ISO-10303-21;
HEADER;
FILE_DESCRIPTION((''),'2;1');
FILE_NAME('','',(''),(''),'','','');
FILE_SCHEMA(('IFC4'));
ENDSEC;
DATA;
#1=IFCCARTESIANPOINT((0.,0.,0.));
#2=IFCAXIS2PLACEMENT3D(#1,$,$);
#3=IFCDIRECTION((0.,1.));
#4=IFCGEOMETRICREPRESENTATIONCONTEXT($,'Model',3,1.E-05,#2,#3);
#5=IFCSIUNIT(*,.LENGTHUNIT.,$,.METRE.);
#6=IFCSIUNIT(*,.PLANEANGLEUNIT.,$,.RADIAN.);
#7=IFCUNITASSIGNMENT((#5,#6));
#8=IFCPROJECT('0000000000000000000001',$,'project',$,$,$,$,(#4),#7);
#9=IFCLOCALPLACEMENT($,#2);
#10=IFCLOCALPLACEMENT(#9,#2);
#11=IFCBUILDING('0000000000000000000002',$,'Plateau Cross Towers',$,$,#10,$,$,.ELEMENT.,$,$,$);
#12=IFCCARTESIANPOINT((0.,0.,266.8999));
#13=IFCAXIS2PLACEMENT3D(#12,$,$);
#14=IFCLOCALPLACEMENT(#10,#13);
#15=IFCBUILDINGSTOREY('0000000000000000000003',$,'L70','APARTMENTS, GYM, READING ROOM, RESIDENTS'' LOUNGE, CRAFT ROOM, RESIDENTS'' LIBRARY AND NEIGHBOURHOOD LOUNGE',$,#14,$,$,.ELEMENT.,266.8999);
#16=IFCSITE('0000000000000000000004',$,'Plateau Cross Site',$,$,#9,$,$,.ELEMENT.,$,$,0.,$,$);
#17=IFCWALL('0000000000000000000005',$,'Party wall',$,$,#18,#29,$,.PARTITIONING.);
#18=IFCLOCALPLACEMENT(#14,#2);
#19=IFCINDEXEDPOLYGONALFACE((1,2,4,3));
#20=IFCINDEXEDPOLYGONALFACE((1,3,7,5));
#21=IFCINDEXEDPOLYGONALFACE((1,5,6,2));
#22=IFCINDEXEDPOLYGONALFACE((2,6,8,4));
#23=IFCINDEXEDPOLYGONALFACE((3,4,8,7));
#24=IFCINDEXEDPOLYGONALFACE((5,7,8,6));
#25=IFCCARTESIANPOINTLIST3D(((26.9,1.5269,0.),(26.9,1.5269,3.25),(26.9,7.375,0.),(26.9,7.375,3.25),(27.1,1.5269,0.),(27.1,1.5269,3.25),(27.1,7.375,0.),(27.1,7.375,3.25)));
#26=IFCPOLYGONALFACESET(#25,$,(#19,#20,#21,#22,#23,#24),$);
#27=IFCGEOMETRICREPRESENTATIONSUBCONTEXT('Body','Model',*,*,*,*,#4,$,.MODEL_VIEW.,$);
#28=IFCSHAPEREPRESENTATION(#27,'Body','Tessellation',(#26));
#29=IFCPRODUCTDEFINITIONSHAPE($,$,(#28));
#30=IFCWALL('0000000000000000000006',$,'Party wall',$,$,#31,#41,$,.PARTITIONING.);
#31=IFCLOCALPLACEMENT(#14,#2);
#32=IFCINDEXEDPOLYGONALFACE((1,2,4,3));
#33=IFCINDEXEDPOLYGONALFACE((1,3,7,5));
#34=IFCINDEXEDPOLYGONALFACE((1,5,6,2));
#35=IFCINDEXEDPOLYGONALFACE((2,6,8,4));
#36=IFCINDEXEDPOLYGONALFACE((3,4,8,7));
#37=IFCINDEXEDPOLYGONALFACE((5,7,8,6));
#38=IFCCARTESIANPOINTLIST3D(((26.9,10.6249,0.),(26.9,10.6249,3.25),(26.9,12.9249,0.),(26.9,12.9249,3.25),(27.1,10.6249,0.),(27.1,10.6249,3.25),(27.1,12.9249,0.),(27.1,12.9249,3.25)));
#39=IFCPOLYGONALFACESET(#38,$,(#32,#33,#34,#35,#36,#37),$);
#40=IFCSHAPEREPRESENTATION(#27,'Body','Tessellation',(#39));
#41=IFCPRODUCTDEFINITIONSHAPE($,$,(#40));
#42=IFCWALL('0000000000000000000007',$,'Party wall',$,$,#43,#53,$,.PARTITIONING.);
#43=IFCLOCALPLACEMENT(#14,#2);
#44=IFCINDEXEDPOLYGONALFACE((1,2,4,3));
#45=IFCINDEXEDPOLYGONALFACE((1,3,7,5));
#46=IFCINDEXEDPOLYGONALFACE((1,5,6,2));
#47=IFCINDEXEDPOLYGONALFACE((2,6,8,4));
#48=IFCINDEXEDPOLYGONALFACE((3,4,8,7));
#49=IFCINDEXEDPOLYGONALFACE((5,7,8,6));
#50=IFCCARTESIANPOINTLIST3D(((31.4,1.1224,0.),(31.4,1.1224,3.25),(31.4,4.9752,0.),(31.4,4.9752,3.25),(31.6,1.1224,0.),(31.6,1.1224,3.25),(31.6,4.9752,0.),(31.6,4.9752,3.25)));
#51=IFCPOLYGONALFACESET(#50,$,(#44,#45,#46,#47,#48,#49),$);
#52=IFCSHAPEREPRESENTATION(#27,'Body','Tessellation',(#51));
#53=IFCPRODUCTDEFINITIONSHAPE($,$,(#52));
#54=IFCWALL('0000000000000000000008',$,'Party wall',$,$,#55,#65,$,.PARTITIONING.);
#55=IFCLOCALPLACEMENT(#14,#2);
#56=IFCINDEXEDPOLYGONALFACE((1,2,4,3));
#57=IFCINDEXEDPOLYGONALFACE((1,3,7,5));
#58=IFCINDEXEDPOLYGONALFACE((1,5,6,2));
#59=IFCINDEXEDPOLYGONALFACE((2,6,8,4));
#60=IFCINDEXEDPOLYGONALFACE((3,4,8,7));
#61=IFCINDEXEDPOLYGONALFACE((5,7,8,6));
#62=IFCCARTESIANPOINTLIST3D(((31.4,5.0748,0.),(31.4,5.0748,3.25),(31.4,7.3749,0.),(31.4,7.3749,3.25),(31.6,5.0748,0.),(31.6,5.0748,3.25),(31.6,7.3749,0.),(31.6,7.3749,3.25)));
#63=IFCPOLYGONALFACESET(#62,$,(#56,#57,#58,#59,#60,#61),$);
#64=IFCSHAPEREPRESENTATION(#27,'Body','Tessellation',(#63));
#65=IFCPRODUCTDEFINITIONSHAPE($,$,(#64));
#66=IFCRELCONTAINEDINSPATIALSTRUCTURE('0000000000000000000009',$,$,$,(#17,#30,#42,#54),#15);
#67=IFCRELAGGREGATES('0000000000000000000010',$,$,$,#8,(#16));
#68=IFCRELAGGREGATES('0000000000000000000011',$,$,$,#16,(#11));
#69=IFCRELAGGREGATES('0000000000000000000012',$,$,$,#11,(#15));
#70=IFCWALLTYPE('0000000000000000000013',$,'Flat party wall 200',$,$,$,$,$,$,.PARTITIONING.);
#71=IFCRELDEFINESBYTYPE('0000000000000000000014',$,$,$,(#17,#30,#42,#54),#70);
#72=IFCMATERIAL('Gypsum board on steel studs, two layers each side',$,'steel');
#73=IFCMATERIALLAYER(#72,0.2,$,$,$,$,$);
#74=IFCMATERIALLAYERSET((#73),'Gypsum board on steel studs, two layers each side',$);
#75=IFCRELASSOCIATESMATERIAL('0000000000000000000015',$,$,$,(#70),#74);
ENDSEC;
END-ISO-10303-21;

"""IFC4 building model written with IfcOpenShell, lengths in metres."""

from ifc_helpers import new_model, si_unit, direction, frame, frame_2d, origin, place, context, subcontext, project, spatial, rectangle, extrude, material, layer, layer_set, type_object, element, save


model = new_model("IFC4")

# Units and contexts
model_context = context("Model", 3, precision=1e-05, world=origin(), true_north=direction((0.0, 1.0)))
body_context = subcontext(model_context, "Body", "Model", "MODEL_VIEW")
ifc_project = project(units=[si_unit("LENGTHUNIT", "METRE"), si_unit("PLANEANGLEUNIT", "RADIAN")], contexts=[model_context])

# Site, building, storey
site_placement = place(None, origin())
site = spatial("IfcSite", under=ifc_project, at=site_placement, Name="Plateau Cross Site", CompositionType="ELEMENT", RefElevation=0.0)
building_placement = place(site_placement, origin())
building = spatial("IfcBuilding", under=site, at=building_placement, Name="Plateau Cross Towers", CompositionType="ELEMENT")
storey_placement = place(building_placement, frame((0.0, 0.0, 266.8999)))
storey = spatial("IfcBuildingStorey", under=building, at=storey_placement, Name="L70", Description="APARTMENTS, GYM, READING ROOM, RESIDENTS' LOUNGE, CRAFT ROOM, RESIDENTS' LIBRARY AND NEIGHBOURHOOD LOUNGE", CompositionType="ELEMENT", Elevation=266.8999)

# Walls
ifc_material_1 = material(Name="Gypsum board on steel studs, two layers each side", Category="steel")
ifc_layer_1 = layer(ifc_material_1, 0.2)
ifc_layer_set_1 = layer_set([ifc_layer_1], Name="Gypsum board on steel studs, two layers each side")
wall_type_1 = type_object("IfcWallType", Name="Flat party wall 200", PredefinedType="PARTITIONING", material=ifc_layer_set_1)
wall_1_placement = place(storey_placement, frame((27.0, 1.5269, 0.0), z_axis=(0.0, 0.0, 1.0), x_axis=(0.0, 1.0, 0.0)))
element("IfcWall", 1, at=wall_1_placement, inside=storey, type_object=wall_type_1, Name="Party wall", PredefinedType="PARTITIONING", context=body_context, shape_type="SweptSolid", body=[
    extrude(rectangle(XDim=5.8481, YDim=0.2, at=frame_2d((2.9241, 0.0))), origin(), (0.0, 0.0, 1.0), 3.25),
])
wall_2_placement = place(storey_placement, frame((27.0, 10.625, 0.0), z_axis=(0.0, 0.0, 1.0), x_axis=(0.0, 1.0, 0.0)))
element("IfcWall", 2, at=wall_2_placement, inside=storey, type_object=wall_type_1, Name="Party wall", PredefinedType="PARTITIONING", context=body_context, shape_type="SweptSolid", body=[
    extrude(rectangle(XDim=2.3, YDim=0.2, at=frame_2d((1.1499, 0.0))), origin(), (0.0, 0.0, 1.0), 3.25),
])
wall_3_placement = place(storey_placement, frame((31.5, 4.9751, 0.0), z_axis=(0.0, 0.0, 1.0), x_axis=(0.0, -1.0, 0.0)))
element("IfcWall", 3, at=wall_3_placement, inside=storey, type_object=wall_type_1, Name="Party wall", PredefinedType="PARTITIONING", context=body_context, shape_type="SweptSolid", body=[
    extrude(rectangle(XDim=3.8528, YDim=0.2, at=frame_2d((1.9263, 0.0))), origin(), (0.0, 0.0, 1.0), 3.25),
])
wall_4_placement = place(storey_placement, frame((31.5, 5.075, 0.0), z_axis=(0.0, 0.0, 1.0), x_axis=(0.0, 1.0, 0.0)))
element("IfcWall", 4, at=wall_4_placement, inside=storey, type_object=wall_type_1, Name="Party wall", PredefinedType="PARTITIONING", context=body_context, shape_type="SweptSolid", body=[
    extrude(rectangle(XDim=2.3, YDim=0.2, at=frame_2d((1.1499, 0.0))), origin(), (0.0, 0.0, 1.0), 3.25),
])

save(model, "model.ifc")
